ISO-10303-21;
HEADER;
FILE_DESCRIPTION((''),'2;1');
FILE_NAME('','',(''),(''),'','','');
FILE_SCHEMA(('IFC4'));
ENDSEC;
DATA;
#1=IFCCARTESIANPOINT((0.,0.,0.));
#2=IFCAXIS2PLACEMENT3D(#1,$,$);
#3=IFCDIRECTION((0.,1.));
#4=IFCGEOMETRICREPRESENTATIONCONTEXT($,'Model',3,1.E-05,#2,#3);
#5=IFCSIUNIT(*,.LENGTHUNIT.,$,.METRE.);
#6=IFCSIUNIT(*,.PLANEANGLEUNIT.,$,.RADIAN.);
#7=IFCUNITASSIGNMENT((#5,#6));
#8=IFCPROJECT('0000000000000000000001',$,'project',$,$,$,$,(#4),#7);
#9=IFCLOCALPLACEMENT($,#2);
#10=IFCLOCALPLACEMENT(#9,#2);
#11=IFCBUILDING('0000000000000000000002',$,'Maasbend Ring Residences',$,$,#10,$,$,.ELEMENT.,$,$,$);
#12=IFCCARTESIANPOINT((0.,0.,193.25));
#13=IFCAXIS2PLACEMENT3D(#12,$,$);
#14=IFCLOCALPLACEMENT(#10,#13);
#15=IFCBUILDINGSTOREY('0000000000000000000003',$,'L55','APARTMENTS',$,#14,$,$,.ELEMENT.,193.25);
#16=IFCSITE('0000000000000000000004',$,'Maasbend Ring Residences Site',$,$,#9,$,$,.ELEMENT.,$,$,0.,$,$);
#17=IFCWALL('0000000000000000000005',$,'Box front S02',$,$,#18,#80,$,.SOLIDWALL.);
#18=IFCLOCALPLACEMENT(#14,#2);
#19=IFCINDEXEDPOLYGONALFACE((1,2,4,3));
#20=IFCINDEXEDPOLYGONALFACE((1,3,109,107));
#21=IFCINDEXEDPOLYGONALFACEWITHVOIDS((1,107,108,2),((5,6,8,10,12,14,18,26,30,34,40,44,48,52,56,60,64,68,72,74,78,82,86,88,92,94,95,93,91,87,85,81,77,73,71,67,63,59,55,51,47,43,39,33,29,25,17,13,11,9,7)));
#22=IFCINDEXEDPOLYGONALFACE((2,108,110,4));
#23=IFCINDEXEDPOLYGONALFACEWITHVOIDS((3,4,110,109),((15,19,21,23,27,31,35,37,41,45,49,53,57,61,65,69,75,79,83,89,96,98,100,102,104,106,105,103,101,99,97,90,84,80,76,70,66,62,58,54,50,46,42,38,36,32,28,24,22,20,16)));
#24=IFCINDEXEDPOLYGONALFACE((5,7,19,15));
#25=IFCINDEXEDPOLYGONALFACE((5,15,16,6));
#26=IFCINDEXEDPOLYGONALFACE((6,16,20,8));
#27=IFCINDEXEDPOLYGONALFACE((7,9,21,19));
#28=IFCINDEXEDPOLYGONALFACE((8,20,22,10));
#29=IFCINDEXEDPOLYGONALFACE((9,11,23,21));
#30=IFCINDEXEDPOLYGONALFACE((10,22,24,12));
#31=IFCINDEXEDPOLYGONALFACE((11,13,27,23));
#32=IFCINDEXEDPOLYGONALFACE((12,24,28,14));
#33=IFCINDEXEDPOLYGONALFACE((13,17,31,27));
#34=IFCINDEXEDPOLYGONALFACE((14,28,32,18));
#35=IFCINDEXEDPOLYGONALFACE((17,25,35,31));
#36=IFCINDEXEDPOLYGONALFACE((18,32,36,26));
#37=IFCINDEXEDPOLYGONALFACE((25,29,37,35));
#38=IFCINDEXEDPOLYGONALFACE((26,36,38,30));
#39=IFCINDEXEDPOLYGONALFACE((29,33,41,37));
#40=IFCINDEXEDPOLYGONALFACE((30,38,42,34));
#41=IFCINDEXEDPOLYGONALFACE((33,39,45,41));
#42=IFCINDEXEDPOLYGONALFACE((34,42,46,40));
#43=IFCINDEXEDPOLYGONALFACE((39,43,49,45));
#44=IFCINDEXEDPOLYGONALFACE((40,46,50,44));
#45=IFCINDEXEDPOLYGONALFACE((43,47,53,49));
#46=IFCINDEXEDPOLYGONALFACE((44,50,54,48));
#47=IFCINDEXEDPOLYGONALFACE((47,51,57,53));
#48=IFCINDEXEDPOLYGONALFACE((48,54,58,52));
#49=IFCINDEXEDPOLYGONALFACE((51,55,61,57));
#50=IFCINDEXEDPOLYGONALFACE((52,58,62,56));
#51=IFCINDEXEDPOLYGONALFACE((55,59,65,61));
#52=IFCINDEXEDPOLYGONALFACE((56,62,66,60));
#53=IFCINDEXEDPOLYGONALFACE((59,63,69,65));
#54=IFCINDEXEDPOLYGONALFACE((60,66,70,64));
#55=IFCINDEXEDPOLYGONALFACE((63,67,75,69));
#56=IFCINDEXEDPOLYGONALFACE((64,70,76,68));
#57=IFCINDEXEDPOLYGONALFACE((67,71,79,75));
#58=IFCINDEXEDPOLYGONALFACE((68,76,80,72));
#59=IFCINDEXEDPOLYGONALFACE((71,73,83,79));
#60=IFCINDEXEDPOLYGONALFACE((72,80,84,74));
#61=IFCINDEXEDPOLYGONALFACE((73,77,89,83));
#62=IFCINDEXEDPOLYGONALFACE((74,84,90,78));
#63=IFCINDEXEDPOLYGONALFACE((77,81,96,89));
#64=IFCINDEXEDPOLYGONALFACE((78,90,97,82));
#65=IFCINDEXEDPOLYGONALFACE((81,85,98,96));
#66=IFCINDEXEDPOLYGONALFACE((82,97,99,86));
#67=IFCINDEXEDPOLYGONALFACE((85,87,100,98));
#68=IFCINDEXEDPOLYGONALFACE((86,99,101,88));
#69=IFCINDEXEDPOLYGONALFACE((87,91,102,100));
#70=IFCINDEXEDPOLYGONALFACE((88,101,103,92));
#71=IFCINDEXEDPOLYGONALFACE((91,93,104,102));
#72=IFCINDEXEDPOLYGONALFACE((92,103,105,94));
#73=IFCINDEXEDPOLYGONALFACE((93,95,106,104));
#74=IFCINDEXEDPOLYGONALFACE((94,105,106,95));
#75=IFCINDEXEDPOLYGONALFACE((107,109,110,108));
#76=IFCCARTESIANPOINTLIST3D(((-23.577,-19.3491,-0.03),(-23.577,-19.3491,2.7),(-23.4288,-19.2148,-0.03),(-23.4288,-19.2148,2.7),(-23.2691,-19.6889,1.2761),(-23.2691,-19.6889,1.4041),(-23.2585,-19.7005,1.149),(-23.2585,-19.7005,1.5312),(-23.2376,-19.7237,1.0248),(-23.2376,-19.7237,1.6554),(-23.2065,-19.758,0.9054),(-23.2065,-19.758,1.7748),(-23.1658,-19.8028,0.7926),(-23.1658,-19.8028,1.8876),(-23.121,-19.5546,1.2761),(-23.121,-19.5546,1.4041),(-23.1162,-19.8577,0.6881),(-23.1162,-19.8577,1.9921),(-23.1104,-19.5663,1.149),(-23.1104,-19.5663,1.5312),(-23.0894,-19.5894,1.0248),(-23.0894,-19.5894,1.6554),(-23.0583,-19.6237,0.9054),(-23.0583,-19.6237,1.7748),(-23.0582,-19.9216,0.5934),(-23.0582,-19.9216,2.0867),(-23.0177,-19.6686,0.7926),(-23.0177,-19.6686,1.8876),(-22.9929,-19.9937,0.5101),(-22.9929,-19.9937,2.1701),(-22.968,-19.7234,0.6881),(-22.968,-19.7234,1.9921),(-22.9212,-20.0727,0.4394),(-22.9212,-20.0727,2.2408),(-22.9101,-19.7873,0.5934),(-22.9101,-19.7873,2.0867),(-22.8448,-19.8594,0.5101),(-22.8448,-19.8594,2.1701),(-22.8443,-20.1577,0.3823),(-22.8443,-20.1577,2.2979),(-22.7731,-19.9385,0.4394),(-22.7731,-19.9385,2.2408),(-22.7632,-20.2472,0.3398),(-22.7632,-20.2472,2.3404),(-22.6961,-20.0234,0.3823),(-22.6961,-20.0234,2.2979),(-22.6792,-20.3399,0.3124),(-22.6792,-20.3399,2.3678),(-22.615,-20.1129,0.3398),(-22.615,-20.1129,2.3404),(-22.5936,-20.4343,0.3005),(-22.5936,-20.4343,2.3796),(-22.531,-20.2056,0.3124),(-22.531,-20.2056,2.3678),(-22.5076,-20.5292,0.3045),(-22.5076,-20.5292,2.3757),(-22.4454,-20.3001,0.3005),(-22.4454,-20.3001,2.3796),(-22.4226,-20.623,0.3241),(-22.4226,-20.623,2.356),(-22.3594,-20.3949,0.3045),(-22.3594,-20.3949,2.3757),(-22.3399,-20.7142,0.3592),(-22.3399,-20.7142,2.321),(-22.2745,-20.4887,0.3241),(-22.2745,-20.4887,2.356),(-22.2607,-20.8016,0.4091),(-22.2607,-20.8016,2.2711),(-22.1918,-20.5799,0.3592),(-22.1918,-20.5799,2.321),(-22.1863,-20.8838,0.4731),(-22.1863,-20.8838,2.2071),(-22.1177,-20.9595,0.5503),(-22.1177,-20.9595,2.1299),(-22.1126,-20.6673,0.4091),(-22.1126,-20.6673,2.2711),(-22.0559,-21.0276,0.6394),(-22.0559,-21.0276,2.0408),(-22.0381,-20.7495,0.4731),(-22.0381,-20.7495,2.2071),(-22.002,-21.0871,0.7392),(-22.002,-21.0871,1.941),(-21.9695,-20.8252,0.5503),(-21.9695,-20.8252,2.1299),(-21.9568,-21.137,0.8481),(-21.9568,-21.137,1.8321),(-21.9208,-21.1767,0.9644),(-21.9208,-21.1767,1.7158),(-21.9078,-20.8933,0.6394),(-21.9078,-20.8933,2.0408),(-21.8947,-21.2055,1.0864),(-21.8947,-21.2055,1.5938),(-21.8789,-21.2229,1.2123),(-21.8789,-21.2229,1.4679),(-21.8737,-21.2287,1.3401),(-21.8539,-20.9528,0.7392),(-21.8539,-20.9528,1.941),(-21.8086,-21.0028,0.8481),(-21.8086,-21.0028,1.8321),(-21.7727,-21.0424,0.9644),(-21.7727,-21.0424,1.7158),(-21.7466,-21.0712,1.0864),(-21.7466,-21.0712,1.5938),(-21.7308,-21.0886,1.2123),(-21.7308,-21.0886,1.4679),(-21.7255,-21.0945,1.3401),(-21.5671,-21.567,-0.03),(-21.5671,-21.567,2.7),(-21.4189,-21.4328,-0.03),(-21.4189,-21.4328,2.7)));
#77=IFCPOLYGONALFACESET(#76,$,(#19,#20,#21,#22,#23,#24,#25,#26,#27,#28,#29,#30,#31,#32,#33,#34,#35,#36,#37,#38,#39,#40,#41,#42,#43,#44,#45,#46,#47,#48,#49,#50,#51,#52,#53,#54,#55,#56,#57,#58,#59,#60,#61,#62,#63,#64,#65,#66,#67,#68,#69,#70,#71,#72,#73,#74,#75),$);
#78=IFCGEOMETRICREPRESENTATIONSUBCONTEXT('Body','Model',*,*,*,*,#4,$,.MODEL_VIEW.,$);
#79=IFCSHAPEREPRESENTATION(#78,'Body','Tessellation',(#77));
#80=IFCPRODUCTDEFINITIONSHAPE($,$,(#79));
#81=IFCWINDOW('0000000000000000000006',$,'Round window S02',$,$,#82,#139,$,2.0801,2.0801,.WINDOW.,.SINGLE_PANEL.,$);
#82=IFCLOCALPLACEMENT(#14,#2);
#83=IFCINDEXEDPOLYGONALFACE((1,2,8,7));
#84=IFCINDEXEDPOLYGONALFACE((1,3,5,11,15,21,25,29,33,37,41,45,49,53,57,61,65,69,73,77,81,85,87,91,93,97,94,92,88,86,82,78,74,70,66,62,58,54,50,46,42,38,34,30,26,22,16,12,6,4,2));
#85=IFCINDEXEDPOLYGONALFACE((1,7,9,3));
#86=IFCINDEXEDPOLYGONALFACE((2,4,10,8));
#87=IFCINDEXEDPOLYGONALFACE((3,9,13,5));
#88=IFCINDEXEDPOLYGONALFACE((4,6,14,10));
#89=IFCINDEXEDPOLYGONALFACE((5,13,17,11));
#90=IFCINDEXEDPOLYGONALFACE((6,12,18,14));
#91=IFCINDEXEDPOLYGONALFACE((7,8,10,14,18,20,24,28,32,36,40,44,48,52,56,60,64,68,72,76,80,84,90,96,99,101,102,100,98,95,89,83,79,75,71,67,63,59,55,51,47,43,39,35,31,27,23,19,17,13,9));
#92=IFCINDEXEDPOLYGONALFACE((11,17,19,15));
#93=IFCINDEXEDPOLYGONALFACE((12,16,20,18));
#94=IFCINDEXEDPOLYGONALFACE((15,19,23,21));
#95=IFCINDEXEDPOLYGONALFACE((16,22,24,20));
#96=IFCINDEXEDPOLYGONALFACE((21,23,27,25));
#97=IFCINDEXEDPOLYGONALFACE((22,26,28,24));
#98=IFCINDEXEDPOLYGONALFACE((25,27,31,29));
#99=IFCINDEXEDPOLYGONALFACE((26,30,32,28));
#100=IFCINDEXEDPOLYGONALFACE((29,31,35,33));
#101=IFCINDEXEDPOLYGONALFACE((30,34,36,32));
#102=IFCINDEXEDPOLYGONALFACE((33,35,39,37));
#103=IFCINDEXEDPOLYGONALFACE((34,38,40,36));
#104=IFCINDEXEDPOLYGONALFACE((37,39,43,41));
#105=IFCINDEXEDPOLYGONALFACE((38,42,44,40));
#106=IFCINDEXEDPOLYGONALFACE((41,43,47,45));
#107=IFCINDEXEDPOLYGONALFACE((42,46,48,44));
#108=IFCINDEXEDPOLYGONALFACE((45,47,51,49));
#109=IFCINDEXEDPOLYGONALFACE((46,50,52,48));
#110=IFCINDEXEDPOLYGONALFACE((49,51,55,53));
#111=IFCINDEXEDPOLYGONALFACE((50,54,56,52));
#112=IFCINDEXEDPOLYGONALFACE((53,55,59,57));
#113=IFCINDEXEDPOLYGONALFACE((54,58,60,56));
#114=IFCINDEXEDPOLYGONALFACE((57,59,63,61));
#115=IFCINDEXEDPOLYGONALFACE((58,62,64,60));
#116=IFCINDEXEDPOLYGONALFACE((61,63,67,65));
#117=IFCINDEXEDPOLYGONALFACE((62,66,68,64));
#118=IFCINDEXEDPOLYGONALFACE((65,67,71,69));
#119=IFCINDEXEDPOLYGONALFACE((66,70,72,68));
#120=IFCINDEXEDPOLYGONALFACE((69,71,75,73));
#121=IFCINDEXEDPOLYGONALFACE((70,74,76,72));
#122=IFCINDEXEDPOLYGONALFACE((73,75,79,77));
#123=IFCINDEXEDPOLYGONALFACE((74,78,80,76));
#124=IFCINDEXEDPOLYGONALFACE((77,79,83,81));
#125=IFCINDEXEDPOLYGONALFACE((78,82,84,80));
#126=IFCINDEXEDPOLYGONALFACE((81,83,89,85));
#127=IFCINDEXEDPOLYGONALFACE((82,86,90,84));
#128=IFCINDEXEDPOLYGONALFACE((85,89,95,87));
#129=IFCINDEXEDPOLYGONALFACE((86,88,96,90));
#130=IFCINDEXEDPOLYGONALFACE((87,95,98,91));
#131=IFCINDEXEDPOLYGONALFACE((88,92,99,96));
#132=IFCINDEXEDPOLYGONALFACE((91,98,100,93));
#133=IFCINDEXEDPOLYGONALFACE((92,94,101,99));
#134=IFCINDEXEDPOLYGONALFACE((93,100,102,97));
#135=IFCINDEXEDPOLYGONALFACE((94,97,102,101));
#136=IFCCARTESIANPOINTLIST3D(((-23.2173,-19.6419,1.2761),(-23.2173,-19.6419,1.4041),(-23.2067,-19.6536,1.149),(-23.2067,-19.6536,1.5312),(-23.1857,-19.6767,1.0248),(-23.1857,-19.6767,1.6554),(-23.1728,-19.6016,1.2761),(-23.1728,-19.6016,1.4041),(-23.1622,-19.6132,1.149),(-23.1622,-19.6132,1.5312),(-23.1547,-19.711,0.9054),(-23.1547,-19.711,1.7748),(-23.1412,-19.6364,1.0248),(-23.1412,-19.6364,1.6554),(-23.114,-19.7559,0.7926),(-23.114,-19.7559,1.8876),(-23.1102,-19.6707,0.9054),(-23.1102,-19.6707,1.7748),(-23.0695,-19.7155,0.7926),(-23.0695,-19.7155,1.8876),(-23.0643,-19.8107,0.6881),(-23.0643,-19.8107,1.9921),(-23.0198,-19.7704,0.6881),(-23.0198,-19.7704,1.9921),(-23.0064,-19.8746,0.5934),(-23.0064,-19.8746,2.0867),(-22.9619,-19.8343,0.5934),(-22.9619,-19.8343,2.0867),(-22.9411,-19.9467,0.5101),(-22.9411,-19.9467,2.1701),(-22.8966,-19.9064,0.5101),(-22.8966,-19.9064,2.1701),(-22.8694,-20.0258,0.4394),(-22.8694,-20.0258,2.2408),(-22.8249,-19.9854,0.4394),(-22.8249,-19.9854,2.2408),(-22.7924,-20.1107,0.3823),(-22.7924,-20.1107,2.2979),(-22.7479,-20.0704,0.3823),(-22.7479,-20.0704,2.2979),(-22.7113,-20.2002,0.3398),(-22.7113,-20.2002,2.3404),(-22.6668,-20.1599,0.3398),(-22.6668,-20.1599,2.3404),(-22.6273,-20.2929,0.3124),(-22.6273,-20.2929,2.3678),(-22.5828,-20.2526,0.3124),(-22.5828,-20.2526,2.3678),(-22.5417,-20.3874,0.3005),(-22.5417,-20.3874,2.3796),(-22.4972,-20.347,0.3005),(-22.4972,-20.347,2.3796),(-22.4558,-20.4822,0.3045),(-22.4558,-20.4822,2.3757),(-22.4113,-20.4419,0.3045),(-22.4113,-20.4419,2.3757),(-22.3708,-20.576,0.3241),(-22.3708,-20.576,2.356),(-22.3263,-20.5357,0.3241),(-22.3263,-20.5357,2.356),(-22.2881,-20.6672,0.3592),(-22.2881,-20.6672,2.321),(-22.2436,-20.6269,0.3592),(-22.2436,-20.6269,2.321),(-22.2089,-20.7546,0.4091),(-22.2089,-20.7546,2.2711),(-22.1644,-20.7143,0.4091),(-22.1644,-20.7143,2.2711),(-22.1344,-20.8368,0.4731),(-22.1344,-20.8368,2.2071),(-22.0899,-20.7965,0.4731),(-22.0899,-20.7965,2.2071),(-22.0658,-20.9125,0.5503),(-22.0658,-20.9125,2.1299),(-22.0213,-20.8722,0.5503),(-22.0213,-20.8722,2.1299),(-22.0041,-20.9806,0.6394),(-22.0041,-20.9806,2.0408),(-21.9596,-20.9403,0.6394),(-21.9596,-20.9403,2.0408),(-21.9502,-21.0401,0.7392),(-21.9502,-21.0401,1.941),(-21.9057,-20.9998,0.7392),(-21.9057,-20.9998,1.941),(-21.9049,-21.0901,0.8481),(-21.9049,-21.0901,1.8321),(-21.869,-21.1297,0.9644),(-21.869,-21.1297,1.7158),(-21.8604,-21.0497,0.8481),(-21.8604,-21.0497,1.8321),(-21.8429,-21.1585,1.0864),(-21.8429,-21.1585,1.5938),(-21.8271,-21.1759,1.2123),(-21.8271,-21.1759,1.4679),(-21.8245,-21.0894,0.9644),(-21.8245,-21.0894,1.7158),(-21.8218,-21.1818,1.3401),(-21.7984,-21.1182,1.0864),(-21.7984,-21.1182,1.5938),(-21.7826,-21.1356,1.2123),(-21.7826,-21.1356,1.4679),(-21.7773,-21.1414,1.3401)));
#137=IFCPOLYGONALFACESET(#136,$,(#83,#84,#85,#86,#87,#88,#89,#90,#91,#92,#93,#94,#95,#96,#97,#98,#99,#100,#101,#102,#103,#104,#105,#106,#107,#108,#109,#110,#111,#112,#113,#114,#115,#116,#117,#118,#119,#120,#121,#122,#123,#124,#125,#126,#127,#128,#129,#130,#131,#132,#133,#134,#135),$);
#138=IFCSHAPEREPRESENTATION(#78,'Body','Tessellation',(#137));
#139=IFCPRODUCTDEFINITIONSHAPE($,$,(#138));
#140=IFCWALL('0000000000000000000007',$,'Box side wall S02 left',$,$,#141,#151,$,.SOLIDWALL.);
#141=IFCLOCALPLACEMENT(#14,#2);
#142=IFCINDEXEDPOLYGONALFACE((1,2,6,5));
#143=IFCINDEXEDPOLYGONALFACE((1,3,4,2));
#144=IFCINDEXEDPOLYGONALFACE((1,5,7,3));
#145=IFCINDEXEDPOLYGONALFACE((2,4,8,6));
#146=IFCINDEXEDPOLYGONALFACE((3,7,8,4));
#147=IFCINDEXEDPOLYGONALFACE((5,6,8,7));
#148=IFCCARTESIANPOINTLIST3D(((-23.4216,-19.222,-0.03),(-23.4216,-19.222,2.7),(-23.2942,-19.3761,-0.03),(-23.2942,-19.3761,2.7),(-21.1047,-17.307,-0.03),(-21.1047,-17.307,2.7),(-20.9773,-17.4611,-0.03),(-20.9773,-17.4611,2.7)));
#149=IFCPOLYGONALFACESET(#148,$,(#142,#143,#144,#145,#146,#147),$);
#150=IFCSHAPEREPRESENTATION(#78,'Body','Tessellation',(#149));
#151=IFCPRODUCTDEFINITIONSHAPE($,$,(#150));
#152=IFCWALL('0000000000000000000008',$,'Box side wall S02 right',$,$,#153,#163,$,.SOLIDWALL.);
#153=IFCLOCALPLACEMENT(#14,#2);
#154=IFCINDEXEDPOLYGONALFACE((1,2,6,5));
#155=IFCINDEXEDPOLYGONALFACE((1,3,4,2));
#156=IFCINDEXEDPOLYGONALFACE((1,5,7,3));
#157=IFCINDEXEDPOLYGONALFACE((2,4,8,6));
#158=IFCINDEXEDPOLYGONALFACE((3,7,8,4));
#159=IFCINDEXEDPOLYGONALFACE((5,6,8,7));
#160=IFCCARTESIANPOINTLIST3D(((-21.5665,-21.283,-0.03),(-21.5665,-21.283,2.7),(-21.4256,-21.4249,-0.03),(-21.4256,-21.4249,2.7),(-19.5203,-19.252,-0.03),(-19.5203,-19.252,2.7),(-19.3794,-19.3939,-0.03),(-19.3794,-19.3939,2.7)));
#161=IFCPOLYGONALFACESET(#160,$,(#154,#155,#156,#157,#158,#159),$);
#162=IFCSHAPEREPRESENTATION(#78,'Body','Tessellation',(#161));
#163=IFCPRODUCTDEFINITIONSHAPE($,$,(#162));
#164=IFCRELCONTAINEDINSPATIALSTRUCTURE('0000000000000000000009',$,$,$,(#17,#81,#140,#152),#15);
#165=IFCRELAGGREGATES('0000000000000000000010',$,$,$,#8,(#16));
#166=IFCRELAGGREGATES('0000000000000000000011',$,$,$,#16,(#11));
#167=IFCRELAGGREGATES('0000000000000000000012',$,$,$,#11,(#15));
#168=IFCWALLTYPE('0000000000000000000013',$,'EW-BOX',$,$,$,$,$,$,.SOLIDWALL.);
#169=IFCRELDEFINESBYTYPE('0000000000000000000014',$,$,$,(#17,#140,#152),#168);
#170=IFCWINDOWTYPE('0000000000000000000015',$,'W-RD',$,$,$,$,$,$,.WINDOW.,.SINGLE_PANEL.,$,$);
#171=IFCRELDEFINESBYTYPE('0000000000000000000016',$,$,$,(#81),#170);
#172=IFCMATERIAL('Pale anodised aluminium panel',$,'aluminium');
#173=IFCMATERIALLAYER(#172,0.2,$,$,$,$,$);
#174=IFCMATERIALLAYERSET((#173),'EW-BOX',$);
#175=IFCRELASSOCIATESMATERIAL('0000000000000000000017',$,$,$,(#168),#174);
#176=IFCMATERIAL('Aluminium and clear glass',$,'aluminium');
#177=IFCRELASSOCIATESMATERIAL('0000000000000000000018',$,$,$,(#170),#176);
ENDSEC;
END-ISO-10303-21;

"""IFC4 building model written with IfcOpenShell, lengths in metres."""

from ifc_helpers import new_model, si_unit, direction, frame, frame_2d, origin, place, context, subcontext, project, spatial, rectangle, circle, extrude, material, layer, layer_set, type_object, element, fill, save


model = new_model("IFC4")

# Units and contexts
model_context = context("Model", 3, precision=1e-05, world=origin(), true_north=direction((0.0, 1.0)))
body_context = subcontext(model_context, "Body", "Model", "MODEL_VIEW")
ifc_project = project(units=[si_unit("LENGTHUNIT", "METRE"), si_unit("PLANEANGLEUNIT", "RADIAN")], contexts=[model_context])

# Site, building, storey
site_placement = place(None, origin())
site = spatial("IfcSite", under=ifc_project, at=site_placement, Name="Maasbend Ring Residences Site", CompositionType="ELEMENT", RefElevation=0.0)
building_placement = place(site_placement, origin())
building = spatial("IfcBuilding", under=site, at=building_placement, Name="Maasbend Ring Residences", CompositionType="ELEMENT")
storey_placement = place(building_placement, frame((0.0, 0.0, 193.25)))
storey = spatial("IfcBuildingStorey", under=building, at=storey_placement, Name="L55", Description="APARTMENTS", CompositionType="ELEMENT", Elevation=193.25)

# Wall, opening, window
ifc_material_1 = material(Name="Pale anodised aluminium panel", Category="aluminium")
ifc_layer_1 = layer(ifc_material_1, 0.2)
ifc_layer_set_1 = layer_set([ifc_layer_1], Name="EW-BOX")
wall_type_1 = type_object("IfcWallType", Name="EW-BOX", PredefinedType="SOLIDWALL", material=ifc_layer_set_1)
wall_1_placement = place(storey_placement, frame((-23.5029, -19.282, -0.03), z_axis=(0.0, 0.0, 1.0), x_axis=(0.671507, -0.740998, 0.0)))
wall_1 = element("IfcWall", 1, at=wall_1_placement, inside=storey, type_object=wall_type_1, Name="Box front S02", PredefinedType="SOLIDWALL", context=body_context, shape_type="SweptSolid", body=[
    extrude(rectangle(XDim=2.9932, YDim=0.2, at=frame_2d((1.4966, 0.0))), origin(), (0.0, 0.0, 1.0), 2.73),
])
opening_1_placement = place(wall_1_placement, frame((0.4565, 0.0, 0.3301)))
opening_1 = element("IfcOpeningElement", 2, at=opening_1_placement, cuts=wall_1, PredefinedType="OPENING", context=body_context, shape_type="SweptSolid", body=[
    extrude(circle(Radius=1.04, at=frame_2d((1.04, 1.04))), frame((0.0, 0.1099, 0.0), z_axis=(0.0, -1.0, 0.0), x_axis=(1.0, 0.0, 0.0)), (0.0, 0.0, 1.0), 0.22),
])
ifc_material_2 = material(Name="Aluminium and clear glass", Category="aluminium")
window_type_1 = type_object("IfcWindowType", Name="W-RD", PartitioningType="SINGLE_PANEL", PredefinedType="WINDOW", material=ifc_material_2)
window_1_placement = place(opening_1_placement, origin())
window_1 = element("IfcWindow", 3, at=window_1_placement, inside=storey, type_object=window_type_1, Name="Round window S02", OverallHeight=2.0801, OverallWidth=2.0801, PartitioningType="SINGLE_PANEL", PredefinedType="WINDOW", context=body_context, shape_type="SweptSolid", body=[
    extrude(circle(Radius=1.04, at=frame_2d((1.04, 1.04))), frame((0.0, 0.03, 0.0), z_axis=(0.0, -1.0, 0.0), x_axis=(1.0, 0.0, 0.0)), (0.0, 0.0, 1.0), 0.0601),
])
fill(opening_1, window_1)

# Walls
wall_2_placement = place(storey_placement, frame((-21.041, -17.384, -0.03), z_axis=(0.0, 0.0, 1.0), x_axis=(-0.770785, -0.637096, 0.0)))
element("IfcWall", 4, at=wall_2_placement, inside=storey, type_object=wall_type_1, Name="Box side wall S02 left", PredefinedType="SOLIDWALL", context=body_context, shape_type="SweptSolid", body=[
    extrude(rectangle(XDim=3.0059, YDim=0.2, at=frame_2d((1.5029, 0.0))), origin(), (0.0, 0.0, 1.0), 2.73),
])
wall_3_placement = place(storey_placement, frame((-19.45, -19.323, -0.03), z_axis=(0.0, 0.0, 1.0), x_axis=(-0.709727, -0.704477, 0.0)))
element("IfcWall", 5, at=wall_3_placement, inside=storey, type_object=wall_type_1, Name="Box side wall S02 right", PredefinedType="SOLIDWALL", context=body_context, shape_type="SweptSolid", body=[
    extrude(rectangle(XDim=2.8831, YDim=0.2, at=frame_2d((1.4414, 0.0))), origin(), (0.0, 0.0, 1.0), 2.73),
])

save(model, "model.ifc")
